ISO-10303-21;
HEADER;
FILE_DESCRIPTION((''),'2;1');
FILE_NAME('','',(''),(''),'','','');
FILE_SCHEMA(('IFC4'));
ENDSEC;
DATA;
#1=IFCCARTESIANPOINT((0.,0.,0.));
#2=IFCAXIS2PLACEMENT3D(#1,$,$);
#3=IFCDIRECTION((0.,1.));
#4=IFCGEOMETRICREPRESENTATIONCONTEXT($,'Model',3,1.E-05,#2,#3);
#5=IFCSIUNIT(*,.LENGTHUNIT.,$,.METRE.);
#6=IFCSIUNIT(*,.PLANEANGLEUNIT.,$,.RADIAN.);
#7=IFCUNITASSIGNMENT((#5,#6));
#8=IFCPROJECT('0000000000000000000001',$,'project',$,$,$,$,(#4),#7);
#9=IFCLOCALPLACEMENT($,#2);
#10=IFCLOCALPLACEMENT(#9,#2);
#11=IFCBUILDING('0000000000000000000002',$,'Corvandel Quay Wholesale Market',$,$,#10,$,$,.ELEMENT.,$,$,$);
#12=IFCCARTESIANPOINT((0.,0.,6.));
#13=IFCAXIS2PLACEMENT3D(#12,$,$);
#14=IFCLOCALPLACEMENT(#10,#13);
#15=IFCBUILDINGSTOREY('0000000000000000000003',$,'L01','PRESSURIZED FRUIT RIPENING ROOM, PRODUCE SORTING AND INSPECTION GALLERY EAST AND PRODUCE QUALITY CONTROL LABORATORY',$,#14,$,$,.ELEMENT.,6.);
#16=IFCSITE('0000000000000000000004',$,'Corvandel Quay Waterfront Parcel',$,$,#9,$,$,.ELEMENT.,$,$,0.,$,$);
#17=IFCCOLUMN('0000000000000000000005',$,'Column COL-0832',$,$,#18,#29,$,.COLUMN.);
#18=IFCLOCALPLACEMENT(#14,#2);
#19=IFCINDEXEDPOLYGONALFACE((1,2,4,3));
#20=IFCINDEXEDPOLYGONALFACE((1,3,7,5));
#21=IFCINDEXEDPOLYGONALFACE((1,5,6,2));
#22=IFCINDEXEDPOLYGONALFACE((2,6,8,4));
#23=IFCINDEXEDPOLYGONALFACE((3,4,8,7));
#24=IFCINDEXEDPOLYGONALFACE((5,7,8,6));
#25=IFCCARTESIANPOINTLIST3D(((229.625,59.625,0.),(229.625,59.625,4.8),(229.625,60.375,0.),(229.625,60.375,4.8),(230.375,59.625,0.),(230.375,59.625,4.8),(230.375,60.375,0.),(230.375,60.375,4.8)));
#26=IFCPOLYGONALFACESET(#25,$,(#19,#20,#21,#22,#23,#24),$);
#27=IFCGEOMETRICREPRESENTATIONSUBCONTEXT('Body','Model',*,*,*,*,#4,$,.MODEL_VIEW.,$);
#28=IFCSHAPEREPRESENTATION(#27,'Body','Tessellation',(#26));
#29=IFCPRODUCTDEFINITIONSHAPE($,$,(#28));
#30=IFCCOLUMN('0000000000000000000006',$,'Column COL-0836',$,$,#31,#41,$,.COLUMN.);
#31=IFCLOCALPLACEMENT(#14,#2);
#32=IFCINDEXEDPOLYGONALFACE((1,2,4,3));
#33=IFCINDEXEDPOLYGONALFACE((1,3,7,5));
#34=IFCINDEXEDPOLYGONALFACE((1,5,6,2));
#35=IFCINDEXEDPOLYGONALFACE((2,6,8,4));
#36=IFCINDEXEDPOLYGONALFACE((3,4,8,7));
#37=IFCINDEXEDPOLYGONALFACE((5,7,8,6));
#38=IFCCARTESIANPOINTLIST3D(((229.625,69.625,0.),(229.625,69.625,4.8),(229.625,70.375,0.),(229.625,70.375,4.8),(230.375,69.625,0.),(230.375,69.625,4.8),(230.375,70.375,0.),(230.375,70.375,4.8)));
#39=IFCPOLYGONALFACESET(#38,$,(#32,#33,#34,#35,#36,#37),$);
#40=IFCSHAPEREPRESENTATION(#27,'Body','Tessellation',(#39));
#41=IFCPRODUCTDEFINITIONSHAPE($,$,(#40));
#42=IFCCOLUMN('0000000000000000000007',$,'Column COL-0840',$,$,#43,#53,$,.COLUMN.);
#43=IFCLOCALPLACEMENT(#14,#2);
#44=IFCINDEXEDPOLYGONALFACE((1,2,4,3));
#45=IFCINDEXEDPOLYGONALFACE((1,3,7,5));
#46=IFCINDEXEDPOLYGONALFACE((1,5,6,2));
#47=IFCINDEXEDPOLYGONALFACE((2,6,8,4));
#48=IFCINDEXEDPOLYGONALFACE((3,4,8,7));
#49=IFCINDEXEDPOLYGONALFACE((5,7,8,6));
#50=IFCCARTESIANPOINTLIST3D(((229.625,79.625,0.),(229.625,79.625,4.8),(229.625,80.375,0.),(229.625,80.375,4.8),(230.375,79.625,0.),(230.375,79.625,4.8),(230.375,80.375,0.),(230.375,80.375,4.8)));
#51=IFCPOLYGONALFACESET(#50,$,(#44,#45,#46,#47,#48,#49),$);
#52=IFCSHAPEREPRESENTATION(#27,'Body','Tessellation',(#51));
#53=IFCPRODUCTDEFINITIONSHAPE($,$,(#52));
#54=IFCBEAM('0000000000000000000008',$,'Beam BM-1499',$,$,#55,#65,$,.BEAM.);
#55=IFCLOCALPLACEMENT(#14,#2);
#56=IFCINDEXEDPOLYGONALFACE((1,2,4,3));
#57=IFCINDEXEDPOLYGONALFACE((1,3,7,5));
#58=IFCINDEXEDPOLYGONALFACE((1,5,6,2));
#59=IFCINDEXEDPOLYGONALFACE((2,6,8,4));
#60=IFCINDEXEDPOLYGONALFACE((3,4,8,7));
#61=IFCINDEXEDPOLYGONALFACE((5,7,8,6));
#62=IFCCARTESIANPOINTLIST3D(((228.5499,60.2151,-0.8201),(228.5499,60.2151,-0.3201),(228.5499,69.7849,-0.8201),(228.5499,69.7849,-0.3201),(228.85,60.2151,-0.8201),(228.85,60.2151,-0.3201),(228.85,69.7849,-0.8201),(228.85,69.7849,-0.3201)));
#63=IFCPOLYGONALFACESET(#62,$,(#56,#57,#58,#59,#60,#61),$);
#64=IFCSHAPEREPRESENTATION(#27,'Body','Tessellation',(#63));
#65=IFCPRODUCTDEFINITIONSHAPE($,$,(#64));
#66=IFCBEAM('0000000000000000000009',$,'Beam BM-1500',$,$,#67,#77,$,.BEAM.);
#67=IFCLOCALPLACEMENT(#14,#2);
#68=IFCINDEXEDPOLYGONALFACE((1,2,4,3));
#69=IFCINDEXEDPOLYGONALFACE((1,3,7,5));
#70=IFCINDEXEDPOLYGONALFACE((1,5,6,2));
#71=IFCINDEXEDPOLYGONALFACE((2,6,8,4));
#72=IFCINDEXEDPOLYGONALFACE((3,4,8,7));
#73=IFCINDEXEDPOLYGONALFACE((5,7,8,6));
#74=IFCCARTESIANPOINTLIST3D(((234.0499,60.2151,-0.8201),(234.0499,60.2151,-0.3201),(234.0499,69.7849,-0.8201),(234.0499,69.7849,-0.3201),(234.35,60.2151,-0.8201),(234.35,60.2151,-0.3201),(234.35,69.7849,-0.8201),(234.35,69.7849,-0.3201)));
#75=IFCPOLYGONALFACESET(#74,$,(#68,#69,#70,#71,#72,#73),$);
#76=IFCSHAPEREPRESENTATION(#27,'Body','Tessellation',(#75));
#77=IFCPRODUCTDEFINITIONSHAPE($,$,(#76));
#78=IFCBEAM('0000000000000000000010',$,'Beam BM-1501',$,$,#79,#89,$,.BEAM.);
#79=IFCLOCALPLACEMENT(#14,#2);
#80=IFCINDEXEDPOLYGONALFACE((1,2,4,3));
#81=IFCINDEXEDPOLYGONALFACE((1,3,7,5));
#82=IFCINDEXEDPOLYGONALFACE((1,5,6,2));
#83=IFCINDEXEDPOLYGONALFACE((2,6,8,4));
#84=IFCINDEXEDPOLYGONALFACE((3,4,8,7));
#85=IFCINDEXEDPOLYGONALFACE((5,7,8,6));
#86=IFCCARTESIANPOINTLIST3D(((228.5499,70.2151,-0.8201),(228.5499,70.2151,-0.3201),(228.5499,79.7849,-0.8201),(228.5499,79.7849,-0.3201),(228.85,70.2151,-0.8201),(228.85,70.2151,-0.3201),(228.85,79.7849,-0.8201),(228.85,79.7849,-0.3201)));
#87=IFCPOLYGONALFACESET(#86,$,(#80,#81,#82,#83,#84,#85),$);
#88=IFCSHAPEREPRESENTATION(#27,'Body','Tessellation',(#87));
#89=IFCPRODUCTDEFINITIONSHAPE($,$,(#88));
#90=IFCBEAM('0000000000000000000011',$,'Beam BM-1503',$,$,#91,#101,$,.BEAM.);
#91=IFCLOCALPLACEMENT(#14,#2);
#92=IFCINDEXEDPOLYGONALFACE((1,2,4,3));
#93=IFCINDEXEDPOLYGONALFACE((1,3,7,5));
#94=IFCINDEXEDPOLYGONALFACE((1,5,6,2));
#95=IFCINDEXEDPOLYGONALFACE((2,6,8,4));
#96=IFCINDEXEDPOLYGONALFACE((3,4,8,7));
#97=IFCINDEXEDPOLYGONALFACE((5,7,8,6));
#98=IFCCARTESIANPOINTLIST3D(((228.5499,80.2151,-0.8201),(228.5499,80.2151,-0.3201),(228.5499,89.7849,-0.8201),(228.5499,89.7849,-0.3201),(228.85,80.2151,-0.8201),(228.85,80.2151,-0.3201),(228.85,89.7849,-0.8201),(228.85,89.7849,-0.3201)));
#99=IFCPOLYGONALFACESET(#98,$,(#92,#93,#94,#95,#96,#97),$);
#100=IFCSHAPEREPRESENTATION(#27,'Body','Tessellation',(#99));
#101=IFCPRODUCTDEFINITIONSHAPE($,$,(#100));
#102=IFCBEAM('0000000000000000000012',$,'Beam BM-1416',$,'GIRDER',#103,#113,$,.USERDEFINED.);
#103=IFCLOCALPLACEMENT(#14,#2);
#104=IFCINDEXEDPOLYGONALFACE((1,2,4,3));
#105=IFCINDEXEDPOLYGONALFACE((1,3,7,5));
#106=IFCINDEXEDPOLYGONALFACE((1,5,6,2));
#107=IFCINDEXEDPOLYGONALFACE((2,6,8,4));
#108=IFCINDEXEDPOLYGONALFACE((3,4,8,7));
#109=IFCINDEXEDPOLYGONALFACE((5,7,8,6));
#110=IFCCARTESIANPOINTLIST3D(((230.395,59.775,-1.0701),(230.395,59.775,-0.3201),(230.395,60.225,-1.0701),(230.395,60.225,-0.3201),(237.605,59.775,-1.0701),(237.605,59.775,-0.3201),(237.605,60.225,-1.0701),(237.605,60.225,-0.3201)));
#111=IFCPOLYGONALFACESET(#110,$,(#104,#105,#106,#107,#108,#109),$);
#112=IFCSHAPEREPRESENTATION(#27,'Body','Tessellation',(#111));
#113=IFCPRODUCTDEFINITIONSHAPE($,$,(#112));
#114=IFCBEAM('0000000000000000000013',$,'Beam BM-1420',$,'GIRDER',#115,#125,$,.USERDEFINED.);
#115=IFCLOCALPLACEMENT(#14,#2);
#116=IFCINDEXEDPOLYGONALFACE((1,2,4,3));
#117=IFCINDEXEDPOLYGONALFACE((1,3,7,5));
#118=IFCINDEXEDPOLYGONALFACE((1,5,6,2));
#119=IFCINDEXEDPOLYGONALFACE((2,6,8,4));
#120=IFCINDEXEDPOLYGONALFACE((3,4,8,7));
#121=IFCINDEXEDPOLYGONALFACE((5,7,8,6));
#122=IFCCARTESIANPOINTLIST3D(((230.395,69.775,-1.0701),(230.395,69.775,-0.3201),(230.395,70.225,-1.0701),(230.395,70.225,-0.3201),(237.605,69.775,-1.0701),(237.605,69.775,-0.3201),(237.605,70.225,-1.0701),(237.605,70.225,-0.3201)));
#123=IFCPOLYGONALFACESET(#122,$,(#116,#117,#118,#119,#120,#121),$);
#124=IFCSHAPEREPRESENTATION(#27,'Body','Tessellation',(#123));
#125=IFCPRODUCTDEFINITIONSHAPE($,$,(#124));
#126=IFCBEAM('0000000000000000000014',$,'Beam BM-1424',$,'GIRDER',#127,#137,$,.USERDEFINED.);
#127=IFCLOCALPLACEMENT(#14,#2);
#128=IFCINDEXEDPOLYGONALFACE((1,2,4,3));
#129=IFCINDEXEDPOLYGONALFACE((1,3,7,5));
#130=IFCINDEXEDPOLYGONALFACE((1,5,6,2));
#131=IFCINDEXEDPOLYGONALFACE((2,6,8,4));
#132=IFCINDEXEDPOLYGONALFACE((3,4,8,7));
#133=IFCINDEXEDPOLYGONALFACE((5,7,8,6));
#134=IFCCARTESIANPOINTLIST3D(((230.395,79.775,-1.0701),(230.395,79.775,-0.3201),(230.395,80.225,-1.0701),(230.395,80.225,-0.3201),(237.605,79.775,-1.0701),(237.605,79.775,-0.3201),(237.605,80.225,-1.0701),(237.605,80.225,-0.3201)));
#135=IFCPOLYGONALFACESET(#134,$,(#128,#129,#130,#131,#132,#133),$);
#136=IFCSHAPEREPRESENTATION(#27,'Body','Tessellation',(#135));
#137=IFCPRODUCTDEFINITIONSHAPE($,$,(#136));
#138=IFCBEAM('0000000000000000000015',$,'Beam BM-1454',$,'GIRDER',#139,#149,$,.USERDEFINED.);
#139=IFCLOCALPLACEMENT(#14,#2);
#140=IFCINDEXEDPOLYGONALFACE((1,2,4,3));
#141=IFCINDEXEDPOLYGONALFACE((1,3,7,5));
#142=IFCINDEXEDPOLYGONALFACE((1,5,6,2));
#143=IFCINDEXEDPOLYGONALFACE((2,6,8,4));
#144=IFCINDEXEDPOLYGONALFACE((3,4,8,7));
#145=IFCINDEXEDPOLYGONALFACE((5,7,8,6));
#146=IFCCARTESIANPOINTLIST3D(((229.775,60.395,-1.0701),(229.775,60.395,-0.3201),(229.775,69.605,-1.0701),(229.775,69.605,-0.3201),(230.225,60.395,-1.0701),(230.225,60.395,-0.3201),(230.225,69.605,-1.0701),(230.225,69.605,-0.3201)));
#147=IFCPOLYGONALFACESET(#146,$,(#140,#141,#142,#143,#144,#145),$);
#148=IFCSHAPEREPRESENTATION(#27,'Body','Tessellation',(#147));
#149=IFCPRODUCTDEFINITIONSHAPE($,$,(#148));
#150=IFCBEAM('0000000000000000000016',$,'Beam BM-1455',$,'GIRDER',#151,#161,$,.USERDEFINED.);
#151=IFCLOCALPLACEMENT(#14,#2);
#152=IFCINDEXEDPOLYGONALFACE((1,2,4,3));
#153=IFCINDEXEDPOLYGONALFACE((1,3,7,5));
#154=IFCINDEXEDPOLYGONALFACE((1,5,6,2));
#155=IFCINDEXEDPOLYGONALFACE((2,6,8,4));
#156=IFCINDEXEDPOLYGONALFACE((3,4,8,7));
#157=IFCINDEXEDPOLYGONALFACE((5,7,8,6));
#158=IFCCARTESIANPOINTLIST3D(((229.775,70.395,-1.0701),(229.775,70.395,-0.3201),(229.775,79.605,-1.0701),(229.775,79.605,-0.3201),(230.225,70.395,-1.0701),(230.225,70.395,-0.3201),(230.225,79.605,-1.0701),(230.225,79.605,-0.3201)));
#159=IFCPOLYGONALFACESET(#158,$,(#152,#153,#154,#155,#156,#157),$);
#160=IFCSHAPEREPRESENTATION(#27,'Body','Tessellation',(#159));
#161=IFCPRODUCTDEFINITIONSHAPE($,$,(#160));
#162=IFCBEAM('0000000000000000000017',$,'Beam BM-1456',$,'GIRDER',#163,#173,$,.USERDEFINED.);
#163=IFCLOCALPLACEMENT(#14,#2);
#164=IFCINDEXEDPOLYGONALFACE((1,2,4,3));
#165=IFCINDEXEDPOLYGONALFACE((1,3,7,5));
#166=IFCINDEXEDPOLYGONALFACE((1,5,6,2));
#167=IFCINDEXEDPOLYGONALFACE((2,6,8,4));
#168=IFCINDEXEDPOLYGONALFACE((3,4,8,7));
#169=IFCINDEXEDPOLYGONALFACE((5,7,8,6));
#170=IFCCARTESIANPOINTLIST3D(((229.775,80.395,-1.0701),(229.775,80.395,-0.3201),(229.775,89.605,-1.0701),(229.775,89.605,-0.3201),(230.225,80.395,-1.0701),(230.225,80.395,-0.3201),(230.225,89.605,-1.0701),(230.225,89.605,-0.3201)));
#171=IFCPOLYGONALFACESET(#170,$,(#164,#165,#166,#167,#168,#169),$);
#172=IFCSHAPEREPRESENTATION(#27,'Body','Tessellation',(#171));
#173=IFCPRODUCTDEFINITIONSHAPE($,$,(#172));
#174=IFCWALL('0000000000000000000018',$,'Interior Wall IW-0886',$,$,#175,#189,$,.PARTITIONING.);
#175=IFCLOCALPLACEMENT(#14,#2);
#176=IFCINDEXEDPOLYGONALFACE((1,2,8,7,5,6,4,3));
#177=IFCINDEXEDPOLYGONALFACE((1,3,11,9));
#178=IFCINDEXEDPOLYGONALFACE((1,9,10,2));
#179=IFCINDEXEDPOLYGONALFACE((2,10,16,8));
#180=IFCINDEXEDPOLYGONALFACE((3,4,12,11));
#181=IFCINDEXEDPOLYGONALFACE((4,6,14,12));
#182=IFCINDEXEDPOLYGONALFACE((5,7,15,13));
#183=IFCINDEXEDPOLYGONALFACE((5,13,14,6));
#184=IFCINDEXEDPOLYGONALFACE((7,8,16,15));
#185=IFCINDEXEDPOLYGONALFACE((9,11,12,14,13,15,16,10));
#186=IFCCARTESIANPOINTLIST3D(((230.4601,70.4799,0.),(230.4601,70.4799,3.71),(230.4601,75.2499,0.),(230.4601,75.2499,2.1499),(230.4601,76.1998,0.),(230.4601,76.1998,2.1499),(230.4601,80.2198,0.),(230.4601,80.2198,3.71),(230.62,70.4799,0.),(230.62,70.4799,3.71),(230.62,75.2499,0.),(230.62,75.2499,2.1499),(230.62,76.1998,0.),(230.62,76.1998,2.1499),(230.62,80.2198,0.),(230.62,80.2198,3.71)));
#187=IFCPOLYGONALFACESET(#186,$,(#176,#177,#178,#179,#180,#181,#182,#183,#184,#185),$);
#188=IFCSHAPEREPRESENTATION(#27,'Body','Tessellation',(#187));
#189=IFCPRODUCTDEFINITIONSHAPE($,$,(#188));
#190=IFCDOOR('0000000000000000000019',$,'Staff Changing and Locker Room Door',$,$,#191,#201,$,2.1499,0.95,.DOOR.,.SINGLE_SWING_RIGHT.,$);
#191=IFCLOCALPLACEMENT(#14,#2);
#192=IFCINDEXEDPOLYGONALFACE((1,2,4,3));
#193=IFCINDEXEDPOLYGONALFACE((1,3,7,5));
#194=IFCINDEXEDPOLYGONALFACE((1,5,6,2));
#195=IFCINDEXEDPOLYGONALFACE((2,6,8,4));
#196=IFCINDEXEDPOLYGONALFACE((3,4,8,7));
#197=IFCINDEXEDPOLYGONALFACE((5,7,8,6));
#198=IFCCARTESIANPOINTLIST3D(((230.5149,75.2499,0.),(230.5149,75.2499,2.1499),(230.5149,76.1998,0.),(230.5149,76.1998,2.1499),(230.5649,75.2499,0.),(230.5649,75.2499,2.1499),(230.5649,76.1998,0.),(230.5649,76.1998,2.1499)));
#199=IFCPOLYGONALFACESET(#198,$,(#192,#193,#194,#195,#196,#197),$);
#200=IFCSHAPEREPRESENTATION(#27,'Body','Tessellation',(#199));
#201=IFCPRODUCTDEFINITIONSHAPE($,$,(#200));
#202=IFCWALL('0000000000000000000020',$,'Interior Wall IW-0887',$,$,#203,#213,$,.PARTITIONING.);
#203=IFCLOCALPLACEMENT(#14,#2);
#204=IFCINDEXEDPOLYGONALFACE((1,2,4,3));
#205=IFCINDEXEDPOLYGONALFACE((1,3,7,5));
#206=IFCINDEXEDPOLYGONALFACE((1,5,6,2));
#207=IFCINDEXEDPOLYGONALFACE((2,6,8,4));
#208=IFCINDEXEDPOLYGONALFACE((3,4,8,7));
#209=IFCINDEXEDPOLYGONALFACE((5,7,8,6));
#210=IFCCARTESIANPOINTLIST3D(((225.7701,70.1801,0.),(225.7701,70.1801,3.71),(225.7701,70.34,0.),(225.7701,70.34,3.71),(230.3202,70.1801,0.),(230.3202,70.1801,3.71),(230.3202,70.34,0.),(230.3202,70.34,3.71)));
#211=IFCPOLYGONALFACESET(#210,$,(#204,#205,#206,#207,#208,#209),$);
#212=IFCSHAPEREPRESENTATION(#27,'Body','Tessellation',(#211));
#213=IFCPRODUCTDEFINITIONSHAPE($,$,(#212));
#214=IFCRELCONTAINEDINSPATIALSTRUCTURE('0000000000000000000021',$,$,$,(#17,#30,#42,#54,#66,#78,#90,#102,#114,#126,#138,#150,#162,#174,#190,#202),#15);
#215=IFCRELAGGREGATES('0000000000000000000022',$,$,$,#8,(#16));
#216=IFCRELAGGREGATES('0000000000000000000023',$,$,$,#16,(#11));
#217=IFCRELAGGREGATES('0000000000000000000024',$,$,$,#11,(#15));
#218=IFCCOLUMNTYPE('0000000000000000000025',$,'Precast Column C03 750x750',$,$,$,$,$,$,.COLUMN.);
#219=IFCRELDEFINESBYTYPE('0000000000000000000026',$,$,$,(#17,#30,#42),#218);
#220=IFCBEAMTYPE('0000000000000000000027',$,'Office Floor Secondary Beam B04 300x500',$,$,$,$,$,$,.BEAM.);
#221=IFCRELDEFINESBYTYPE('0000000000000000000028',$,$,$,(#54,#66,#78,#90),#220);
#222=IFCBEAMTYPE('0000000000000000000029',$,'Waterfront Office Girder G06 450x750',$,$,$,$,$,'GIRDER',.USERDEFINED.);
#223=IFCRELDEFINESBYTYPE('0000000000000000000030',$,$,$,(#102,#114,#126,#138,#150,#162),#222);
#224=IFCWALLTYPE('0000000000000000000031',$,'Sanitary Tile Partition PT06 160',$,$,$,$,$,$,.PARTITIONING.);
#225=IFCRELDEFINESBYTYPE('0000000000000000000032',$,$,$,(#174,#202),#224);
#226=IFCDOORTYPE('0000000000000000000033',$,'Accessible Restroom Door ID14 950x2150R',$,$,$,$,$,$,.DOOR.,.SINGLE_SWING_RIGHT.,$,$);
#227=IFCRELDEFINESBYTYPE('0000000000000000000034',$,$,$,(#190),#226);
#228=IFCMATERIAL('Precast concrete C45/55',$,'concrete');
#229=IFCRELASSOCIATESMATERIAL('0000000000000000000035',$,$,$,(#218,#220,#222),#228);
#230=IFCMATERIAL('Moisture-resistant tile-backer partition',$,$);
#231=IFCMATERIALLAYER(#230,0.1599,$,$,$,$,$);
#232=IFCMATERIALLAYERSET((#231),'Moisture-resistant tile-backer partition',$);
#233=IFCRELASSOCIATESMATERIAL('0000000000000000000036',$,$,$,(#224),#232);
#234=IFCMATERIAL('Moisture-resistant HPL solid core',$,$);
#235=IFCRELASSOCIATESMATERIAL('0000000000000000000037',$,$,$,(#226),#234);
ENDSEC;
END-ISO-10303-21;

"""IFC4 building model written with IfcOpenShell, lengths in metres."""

from ifc_helpers import new_model, si_unit, direction, frame, frame_2d, origin, origin_2d, place, context, subcontext, project, spatial, rectangle, extrude, material, layer, layer_set, material_profile, profile_set, type_object, element, fill, save


model = new_model("IFC4")

# Units and contexts
model_context = context("Model", 3, precision=1e-05, world=origin(), true_north=direction((0.0, 1.0)))
body_context = subcontext(model_context, "Body", "Model", "MODEL_VIEW")
ifc_project = project(units=[si_unit("LENGTHUNIT", "METRE"), si_unit("PLANEANGLEUNIT", "RADIAN")], contexts=[model_context])

# Site, building, storey
site_placement = place(None, origin())
site = spatial("IfcSite", under=ifc_project, at=site_placement, Name="Corvandel Quay Waterfront Parcel", CompositionType="ELEMENT", RefElevation=0.0)
building_placement = place(site_placement, origin())
building = spatial("IfcBuilding", under=site, at=building_placement, Name="Corvandel Quay Wholesale Market", CompositionType="ELEMENT")
storey_placement = place(building_placement, frame((0.0, 0.0, 6.0)))
storey = spatial("IfcBuildingStorey", under=building, at=storey_placement, Name="L01", Description="PRESSURIZED FRUIT RIPENING ROOM, PRODUCE SORTING AND INSPECTION GALLERY EAST AND PRODUCE QUALITY CONTROL LABORATORY", CompositionType="ELEMENT", Elevation=6.0)

# Columns
ifc_material_1 = material(Name="Precast concrete C45/55", Category="concrete")
ifc_material_profile_1 = material_profile(ifc_material_1, rectangle(XDim=0.75, YDim=0.75, at=origin_2d()), Name="PC-COL-750x750")
ifc_profile_set_1 = profile_set([ifc_material_profile_1], Name="Precast concrete C45/55")
column_type = type_object("IfcColumnType", Name="Precast Column C03 750x750", PredefinedType="COLUMN", material=ifc_profile_set_1)
for number, where, z_axis, x_axis, name in (
    (1, (230.0, 60.0, 0.0), (0.0, 0.0, 1.0), (1.0, 0.0, 0.0), "Column COL-0832"),
    (2, (230.0, 70.0, 0.0), (0.0, 0.0, 1.0), (1.0, 0.0, 0.0), "Column COL-0836"),
    (3, (230.0, 80.0, 0.0), (0.0, 0.0, 1.0), (1.0, 0.0, 0.0), "Column COL-0840"),
):
    element("IfcColumn", number, at=place(storey_placement, frame(where, z_axis=z_axis, x_axis=x_axis)), inside=storey, type_object=column_type, Name=name, PredefinedType="COLUMN", context=body_context, shape_type="SweptSolid", body=[
        extrude(rectangle(XDim=0.75, YDim=0.75, at=origin_2d()), origin(), (0.0, 0.0, 1.0), 4.8),
    ])

# Beams
ifc_material_profile_2 = material_profile(ifc_material_1, rectangle(XDim=0.3, YDim=0.5, at=origin_2d()), Name="PC-BM-300x500")
ifc_profile_set_2 = profile_set([ifc_material_profile_2], Name="Precast concrete C45/55")
beam_type_1 = type_object("IfcBeamType", Name="Office Floor Secondary Beam B04 300x500", PredefinedType="BEAM", material=ifc_profile_set_2)
for number, where, z_axis, x_axis, name in (
    (4, (228.7, 60.2151, -0.5701), (0.0, 1.0, 0.0), (-1.0, 0.0, 0.0), "Beam BM-1499"),
    (5, (234.2, 60.2151, -0.5701), (0.0, 1.0, 0.0), (-1.0, 0.0, 0.0), "Beam BM-1500"),
    (6, (228.7, 70.2151, -0.5701), (0.0, 1.0, 0.0), (-1.0, 0.0, 0.0), "Beam BM-1501"),
    (7, (228.7, 80.2151, -0.5701), (0.0, 1.0, 0.0), (-1.0, 0.0, 0.0), "Beam BM-1503"),
):
    element("IfcBeam", number, at=place(storey_placement, frame(where, z_axis=z_axis, x_axis=x_axis)), inside=storey, type_object=beam_type_1, Name=name, PredefinedType="BEAM", context=body_context, shape_type="SweptSolid", body=[
        extrude(rectangle(XDim=0.3, YDim=0.5, at=origin_2d()), origin(), (0.0, 0.0, 1.0), 9.5698),
    ])
ifc_material_profile_3 = material_profile(ifc_material_1, rectangle(XDim=0.45, YDim=0.75, at=origin_2d()), Name="PC-GIR-450x750")
ifc_profile_set_3 = profile_set([ifc_material_profile_3], Name="Precast concrete C45/55")
beam_type_2 = type_object("IfcBeamType", Name="Waterfront Office Girder G06 450x750", ElementType="GIRDER", PredefinedType="USERDEFINED", material=ifc_profile_set_3)
for number, where, z_axis, x_axis, name in (
    (8, (230.395, 60.0, -0.6951), (1.0, 0.0, 0.0), (0.0, 1.0, 0.0), "Beam BM-1416"),
    (9, (230.395, 70.0, -0.6951), (1.0, 0.0, 0.0), (0.0, 1.0, 0.0), "Beam BM-1420"),
    (10, (230.395, 80.0, -0.6951), (1.0, 0.0, 0.0), (0.0, 1.0, 0.0), "Beam BM-1424"),
):
    element("IfcBeam", number, at=place(storey_placement, frame(where, z_axis=z_axis, x_axis=x_axis)), inside=storey, type_object=beam_type_2, Name=name, ObjectType="GIRDER", PredefinedType="USERDEFINED", context=body_context, shape_type="SweptSolid", body=[
        extrude(rectangle(XDim=0.45, YDim=0.75, at=origin_2d()), origin(), (0.0, 0.0, 1.0), 7.21),
    ])
for number, where, z_axis, x_axis, name in (
    (11, (230.0, 60.395, -0.6951), (0.0, 1.0, 0.0), (-1.0, 0.0, 0.0), "Beam BM-1454"),
    (12, (230.0, 70.395, -0.6951), (0.0, 1.0, 0.0), (-1.0, 0.0, 0.0), "Beam BM-1455"),
    (13, (230.0, 80.395, -0.6951), (0.0, 1.0, 0.0), (-1.0, 0.0, 0.0), "Beam BM-1456"),
):
    element("IfcBeam", number, at=place(storey_placement, frame(where, z_axis=z_axis, x_axis=x_axis)), inside=storey, type_object=beam_type_2, Name=name, ObjectType="GIRDER", PredefinedType="USERDEFINED", context=body_context, shape_type="SweptSolid", body=[
        extrude(rectangle(XDim=0.45, YDim=0.75, at=origin_2d()), origin(), (0.0, 0.0, 1.0), 9.21),
    ])

# Wall, opening, door
ifc_material_2 = material(Name="Moisture-resistant tile-backer partition")
ifc_layer_1 = layer(ifc_material_2, 0.1599)
ifc_layer_set_1 = layer_set([ifc_layer_1], Name="Moisture-resistant tile-backer partition")
wall_type_1 = type_object("IfcWallType", Name="Sanitary Tile Partition PT06 160", PredefinedType="PARTITIONING", material=ifc_layer_set_1)
wall_1_placement = place(storey_placement, frame((230.54, 80.22, 0.0), z_axis=(0.0, 0.0, 1.0), x_axis=(0.0, -1.0, 0.0)))
wall_1 = element("IfcWall", 14, at=wall_1_placement, inside=storey, type_object=wall_type_1, Name="Interior Wall IW-0886", PredefinedType="PARTITIONING", context=body_context, shape_type="SweptSolid", body=[
    extrude(rectangle(XDim=9.74, YDim=0.1599, at=frame_2d((4.8701, 0.0))), origin(), (0.0, 0.0, 1.0), 3.71),
])
opening_1_placement = place(wall_1_placement, frame((4.02, 0.0, 0.0)))
opening_1 = element("IfcOpeningElement", 15, at=opening_1_placement, cuts=wall_1, PredefinedType="OPENING", context=body_context, shape_type="SweptSolid", body=[
    extrude(rectangle(XDim=0.95, YDim=2.1499, at=frame_2d((0.4751, 1.075))), frame((0.0, 0.0898, 0.0), z_axis=(0.0, -1.0, 0.0), x_axis=(1.0, 0.0, 0.0)), (0.0, 0.0, 1.0), 0.1799),
])
ifc_material_3 = material(Name="Moisture-resistant HPL solid core")
door_type_1 = type_object("IfcDoorType", Name="Accessible Restroom Door ID14 950x2150R", OperationType="SINGLE_SWING_RIGHT", PredefinedType="DOOR", material=ifc_material_3)
door_1_placement = place(opening_1_placement, origin())
door_1 = element("IfcDoor", 16, at=door_1_placement, inside=storey, type_object=door_type_1, Name="Staff Changing and Locker Room Door", OperationType="SINGLE_SWING_RIGHT", OverallHeight=2.1499, OverallWidth=0.95, PredefinedType="DOOR", context=body_context, shape_type="SweptSolid", body=[
    extrude(rectangle(XDim=0.95, YDim=2.1499, at=frame_2d((0.4751, 1.075))), frame((0.0, 0.0249, 0.0), z_axis=(0.0, -1.0, 0.0), x_axis=(1.0, 0.0, 0.0)), (0.0, 0.0, 1.0), 0.05),
])
fill(opening_1, door_1)

# Wall
wall_2_placement = place(storey_placement, frame((230.3201, 70.26, 0.0), z_axis=(0.0, 0.0, 1.0), x_axis=(-1.0, 0.0, 0.0)))
element("IfcWall", 17, at=wall_2_placement, inside=storey, type_object=wall_type_1, Name="Interior Wall IW-0887", PredefinedType="PARTITIONING", context=body_context, shape_type="SweptSolid", body=[
    extrude(rectangle(XDim=4.55, YDim=0.1599, at=frame_2d((2.2749, 0.0))), origin(), (0.0, 0.0, 1.0), 3.71),
])

save(model, "model.ifc")
